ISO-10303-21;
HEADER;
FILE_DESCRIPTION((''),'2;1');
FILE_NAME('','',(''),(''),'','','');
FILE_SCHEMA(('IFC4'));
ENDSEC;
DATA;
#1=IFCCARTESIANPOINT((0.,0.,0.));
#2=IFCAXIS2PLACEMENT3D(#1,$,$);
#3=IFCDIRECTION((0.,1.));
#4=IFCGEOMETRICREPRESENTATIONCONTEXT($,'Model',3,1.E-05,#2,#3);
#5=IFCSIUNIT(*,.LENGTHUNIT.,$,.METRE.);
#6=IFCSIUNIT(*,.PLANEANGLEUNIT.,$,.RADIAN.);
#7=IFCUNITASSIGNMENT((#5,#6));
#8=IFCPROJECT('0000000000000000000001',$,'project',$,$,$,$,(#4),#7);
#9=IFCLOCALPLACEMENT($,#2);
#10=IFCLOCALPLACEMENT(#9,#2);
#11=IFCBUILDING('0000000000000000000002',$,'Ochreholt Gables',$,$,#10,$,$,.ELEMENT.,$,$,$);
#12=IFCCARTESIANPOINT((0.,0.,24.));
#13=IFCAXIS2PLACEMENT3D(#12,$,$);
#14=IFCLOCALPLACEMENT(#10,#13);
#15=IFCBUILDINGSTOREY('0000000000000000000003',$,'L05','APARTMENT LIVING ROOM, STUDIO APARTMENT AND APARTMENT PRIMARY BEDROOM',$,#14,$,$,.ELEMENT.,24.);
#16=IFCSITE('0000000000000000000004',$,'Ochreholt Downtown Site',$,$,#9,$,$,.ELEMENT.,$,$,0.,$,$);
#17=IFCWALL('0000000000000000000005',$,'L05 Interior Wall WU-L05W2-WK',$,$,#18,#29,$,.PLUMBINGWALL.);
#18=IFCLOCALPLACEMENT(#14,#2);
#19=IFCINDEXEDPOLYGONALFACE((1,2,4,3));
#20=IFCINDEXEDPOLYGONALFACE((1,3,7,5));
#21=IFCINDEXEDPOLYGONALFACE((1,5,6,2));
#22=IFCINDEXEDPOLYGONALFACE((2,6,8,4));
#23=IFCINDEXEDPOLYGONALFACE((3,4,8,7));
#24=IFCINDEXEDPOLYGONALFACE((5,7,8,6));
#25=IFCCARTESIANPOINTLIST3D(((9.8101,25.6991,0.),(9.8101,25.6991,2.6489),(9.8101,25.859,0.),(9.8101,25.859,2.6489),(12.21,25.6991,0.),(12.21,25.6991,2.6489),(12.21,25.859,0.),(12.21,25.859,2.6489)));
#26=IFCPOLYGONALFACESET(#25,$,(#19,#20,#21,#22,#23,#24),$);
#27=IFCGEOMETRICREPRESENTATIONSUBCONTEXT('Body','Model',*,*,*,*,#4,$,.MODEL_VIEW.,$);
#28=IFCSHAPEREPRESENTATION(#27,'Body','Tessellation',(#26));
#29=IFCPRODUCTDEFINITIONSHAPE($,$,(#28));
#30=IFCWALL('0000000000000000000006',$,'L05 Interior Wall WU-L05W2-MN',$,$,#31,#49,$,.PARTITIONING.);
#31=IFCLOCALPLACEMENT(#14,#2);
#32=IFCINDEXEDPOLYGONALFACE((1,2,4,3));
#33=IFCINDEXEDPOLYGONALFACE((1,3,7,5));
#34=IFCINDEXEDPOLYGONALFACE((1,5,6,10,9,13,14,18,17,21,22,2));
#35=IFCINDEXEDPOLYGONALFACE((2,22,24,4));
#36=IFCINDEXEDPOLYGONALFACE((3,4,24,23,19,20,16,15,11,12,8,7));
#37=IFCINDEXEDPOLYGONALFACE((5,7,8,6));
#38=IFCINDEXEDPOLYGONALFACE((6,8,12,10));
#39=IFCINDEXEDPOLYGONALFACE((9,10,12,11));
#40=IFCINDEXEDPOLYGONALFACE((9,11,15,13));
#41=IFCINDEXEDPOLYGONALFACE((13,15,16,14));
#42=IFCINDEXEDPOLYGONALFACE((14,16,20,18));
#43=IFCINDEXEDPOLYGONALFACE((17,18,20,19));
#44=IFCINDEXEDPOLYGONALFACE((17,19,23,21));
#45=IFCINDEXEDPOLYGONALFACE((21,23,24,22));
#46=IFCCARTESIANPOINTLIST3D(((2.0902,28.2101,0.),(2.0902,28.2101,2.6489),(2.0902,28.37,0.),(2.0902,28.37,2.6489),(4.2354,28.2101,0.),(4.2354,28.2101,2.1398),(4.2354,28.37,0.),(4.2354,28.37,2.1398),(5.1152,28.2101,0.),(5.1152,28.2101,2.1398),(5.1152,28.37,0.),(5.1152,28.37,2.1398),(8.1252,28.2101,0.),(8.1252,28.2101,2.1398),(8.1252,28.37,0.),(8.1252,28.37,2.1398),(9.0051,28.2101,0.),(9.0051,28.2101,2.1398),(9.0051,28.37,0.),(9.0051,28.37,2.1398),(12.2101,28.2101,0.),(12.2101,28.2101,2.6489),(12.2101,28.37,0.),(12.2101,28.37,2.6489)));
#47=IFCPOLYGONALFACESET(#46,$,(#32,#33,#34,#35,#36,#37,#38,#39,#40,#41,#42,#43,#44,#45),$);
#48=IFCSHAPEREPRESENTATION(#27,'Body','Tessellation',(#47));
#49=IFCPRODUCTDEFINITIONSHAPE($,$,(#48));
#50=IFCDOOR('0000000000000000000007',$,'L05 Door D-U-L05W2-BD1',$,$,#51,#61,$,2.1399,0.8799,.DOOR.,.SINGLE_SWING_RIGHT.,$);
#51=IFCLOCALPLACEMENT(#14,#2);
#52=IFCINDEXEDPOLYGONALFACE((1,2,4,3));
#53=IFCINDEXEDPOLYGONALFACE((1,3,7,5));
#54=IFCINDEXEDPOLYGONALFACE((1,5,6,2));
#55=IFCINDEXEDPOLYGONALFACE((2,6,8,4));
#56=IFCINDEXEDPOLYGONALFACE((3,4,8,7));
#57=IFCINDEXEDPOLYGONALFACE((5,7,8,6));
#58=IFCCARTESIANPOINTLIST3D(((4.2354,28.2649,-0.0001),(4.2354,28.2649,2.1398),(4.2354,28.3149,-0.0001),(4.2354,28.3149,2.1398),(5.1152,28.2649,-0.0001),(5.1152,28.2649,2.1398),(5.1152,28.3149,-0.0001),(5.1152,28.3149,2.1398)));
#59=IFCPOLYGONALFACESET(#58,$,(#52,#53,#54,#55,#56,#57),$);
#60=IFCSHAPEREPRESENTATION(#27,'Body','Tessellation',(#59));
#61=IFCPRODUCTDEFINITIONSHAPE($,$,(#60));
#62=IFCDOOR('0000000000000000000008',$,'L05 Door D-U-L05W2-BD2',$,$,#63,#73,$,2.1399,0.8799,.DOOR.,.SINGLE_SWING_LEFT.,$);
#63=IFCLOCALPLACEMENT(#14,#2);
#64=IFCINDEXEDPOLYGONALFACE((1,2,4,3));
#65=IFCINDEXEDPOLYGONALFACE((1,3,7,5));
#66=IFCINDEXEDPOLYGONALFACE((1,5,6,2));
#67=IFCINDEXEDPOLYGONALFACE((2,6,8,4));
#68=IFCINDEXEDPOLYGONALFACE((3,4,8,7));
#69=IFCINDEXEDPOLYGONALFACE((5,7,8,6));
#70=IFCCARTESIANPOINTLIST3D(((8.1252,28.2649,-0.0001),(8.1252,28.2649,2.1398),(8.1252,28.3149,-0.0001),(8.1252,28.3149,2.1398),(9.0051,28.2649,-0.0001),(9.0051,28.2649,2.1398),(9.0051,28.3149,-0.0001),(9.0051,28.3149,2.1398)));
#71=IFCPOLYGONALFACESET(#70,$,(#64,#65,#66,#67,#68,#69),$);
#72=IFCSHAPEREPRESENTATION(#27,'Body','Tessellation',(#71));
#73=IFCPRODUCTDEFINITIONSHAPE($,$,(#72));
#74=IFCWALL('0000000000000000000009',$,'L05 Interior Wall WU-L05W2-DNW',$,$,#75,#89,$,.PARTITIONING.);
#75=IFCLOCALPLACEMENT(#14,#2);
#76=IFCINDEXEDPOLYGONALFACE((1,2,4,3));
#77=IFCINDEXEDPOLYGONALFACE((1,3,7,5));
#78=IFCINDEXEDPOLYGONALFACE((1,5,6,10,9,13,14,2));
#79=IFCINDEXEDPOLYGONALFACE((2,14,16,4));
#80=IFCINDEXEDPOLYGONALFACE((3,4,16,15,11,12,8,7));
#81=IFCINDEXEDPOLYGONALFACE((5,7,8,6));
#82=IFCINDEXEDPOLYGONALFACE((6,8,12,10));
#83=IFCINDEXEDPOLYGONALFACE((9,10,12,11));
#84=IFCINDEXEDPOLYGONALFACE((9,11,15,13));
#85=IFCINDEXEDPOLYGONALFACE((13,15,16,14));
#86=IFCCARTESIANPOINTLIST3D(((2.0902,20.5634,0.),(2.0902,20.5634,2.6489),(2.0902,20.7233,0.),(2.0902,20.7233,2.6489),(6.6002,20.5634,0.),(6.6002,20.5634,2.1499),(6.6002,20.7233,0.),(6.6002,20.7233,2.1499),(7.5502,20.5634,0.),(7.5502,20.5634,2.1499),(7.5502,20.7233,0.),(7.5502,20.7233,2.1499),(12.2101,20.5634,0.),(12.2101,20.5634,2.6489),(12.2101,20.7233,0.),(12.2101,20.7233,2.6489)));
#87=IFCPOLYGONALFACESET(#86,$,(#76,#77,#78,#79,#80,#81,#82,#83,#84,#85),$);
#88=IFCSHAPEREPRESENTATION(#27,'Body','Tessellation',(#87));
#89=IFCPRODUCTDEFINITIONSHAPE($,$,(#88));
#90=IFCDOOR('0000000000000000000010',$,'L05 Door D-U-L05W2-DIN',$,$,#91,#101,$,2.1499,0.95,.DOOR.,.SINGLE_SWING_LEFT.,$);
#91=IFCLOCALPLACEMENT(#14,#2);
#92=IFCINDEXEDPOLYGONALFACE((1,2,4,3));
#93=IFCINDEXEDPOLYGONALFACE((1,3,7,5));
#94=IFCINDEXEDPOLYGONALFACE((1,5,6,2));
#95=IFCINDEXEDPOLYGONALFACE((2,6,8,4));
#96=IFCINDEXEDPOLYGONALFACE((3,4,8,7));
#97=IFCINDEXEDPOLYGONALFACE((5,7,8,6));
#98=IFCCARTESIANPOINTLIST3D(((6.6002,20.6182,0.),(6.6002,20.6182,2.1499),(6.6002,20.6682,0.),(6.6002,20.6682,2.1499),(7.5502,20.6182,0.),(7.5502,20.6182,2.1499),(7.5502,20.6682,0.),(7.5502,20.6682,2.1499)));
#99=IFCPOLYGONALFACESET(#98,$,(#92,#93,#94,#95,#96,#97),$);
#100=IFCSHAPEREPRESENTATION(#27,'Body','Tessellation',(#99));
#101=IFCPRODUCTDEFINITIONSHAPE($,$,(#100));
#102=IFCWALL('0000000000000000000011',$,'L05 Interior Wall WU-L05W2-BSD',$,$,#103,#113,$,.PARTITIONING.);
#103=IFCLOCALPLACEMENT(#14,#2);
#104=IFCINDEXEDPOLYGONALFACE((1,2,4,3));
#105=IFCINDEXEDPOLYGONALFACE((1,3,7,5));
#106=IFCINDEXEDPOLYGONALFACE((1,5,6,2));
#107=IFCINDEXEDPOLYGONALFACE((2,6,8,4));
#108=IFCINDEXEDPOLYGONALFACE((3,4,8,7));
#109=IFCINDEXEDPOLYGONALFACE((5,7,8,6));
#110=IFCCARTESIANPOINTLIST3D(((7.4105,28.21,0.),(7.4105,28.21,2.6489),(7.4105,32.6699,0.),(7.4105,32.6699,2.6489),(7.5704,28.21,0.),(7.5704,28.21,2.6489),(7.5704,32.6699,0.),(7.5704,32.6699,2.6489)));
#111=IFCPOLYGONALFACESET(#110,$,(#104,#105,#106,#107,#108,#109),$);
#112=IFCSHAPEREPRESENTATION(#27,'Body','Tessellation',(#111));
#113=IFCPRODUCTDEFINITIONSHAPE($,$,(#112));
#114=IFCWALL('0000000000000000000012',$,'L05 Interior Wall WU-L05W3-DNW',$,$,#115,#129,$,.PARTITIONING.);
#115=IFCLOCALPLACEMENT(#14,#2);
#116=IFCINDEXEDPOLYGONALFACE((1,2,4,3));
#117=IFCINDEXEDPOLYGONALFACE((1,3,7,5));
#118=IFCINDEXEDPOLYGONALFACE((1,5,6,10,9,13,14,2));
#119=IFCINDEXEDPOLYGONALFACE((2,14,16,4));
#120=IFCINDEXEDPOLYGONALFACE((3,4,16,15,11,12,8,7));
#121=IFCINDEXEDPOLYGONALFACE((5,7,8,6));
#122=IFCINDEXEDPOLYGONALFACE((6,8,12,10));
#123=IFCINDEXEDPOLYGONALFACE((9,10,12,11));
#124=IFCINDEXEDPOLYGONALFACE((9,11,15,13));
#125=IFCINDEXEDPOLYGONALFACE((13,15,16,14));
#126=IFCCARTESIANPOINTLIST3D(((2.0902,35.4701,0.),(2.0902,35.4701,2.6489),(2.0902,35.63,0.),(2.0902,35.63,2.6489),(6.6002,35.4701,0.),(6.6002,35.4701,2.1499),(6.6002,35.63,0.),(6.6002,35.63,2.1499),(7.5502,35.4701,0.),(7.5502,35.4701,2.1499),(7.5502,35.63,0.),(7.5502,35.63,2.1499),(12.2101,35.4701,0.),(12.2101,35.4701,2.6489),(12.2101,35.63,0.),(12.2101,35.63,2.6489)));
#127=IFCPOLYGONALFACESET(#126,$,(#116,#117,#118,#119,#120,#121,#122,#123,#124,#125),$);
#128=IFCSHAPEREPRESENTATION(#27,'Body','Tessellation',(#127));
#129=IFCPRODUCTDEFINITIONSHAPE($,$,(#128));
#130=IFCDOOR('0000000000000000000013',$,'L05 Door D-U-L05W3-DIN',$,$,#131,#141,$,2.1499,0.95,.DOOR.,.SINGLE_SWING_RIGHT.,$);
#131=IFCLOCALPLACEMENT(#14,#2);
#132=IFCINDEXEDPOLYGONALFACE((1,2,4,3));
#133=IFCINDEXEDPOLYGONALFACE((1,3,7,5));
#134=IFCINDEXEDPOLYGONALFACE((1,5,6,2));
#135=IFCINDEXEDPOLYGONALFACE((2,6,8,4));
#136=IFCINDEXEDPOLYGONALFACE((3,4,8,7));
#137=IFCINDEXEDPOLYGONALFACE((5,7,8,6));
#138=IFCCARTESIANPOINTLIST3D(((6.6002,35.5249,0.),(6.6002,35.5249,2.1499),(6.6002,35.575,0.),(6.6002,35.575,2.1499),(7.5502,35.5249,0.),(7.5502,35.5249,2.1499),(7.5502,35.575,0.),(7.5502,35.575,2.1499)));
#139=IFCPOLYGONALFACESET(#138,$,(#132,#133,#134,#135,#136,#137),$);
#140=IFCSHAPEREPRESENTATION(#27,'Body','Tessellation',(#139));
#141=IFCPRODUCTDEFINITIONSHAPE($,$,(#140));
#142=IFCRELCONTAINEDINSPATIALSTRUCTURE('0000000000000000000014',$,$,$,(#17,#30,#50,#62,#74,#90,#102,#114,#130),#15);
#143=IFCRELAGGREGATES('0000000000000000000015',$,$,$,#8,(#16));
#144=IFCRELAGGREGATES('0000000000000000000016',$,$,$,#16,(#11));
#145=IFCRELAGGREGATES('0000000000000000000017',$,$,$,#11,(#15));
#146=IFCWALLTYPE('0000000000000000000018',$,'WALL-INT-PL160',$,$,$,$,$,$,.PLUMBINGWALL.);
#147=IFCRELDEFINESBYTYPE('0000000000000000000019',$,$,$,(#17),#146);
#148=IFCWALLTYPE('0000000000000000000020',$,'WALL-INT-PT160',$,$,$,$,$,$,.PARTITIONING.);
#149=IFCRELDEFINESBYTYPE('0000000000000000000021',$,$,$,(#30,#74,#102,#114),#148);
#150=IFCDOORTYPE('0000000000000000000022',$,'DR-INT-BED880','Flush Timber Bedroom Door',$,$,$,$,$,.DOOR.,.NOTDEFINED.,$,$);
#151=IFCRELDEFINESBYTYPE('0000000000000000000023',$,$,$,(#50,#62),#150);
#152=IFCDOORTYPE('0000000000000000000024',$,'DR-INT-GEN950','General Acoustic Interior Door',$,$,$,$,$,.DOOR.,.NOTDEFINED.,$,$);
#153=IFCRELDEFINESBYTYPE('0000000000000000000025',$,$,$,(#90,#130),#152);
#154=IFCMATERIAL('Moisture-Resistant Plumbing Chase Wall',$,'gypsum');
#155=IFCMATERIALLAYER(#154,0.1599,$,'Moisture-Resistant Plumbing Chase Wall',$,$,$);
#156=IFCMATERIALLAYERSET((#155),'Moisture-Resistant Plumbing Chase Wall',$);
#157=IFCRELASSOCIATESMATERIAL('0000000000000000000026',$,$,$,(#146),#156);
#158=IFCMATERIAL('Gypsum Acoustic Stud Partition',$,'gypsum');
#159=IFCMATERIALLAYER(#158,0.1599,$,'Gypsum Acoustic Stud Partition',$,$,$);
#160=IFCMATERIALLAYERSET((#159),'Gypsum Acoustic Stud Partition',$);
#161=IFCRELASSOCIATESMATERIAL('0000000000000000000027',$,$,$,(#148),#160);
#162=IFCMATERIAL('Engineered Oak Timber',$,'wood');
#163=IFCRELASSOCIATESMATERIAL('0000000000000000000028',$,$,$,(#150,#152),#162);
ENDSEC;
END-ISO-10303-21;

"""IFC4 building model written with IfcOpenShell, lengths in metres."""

from ifc_helpers import new_model, si_unit, direction, frame, frame_2d, origin, place, context, subcontext, project, spatial, rectangle, extrude, material, layer, layer_set, type_object, element, fill, save


model = new_model("IFC4")

# Units and contexts
model_context = context("Model", 3, precision=1e-05, world=origin(), true_north=direction((0.0, 1.0)))
body_context = subcontext(model_context, "Body", "Model", "MODEL_VIEW")
ifc_project = project(units=[si_unit("LENGTHUNIT", "METRE"), si_unit("PLANEANGLEUNIT", "RADIAN")], contexts=[model_context])

# Site, building, storey
site_placement = place(None, origin())
site = spatial("IfcSite", under=ifc_project, at=site_placement, Name="Ochreholt Downtown Site", CompositionType="ELEMENT", RefElevation=0.0)
building_placement = place(site_placement, origin())
building = spatial("IfcBuilding", under=site, at=building_placement, Name="Ochreholt Gables", CompositionType="ELEMENT")
storey_placement = place(building_placement, frame((0.0, 0.0, 24.0)))
storey = spatial("IfcBuildingStorey", under=building, at=storey_placement, Name="L05", Description="APARTMENT LIVING ROOM, STUDIO APARTMENT AND APARTMENT PRIMARY BEDROOM", CompositionType="ELEMENT", Elevation=24.0)

# Shared definitions
ifc_material_1 = material(Name="Moisture-Resistant Plumbing Chase Wall", Category="gypsum")
ifc_layer_1 = layer(ifc_material_1, 0.1599, Name="Moisture-Resistant Plumbing Chase Wall")
ifc_layer_set_1 = layer_set([ifc_layer_1], Name="Moisture-Resistant Plumbing Chase Wall")
wall_type_1 = type_object("IfcWallType", Name="WALL-INT-PL160", PredefinedType="PLUMBINGWALL", material=ifc_layer_set_1)

# Shared definitions
ifc_material_2 = material(Name="Engineered Oak Timber", Category="wood")

# Wall
wall_1_placement = place(storey_placement, frame((9.8101, 25.7791, 0.0), z_axis=(0.0, 0.0, 1.0), x_axis=(1.0, 0.0, 0.0)))
element("IfcWall", 1, at=wall_1_placement, inside=storey, type_object=wall_type_1, Name="L05 Interior Wall WU-L05W2-WK", PredefinedType="PLUMBINGWALL", context=body_context, shape_type="SweptSolid", body=[
    extrude(rectangle(XDim=2.3999, YDim=0.1599, at=frame_2d((1.2, 0.0))), origin(), (0.0, 0.0, 1.0), 2.6489),
])

# Wall, openings, doors
ifc_material_3 = material(Name="Gypsum Acoustic Stud Partition", Category="gypsum")
ifc_layer_2 = layer(ifc_material_3, 0.1599, Name="Gypsum Acoustic Stud Partition")
ifc_layer_set_2 = layer_set([ifc_layer_2], Name="Gypsum Acoustic Stud Partition")
wall_type_2 = type_object("IfcWallType", Name="WALL-INT-PT160", PredefinedType="PARTITIONING", material=ifc_layer_set_2)
wall_2_placement = place(storey_placement, frame((2.0901, 28.29, 0.0), z_axis=(0.0, 0.0, 1.0), x_axis=(1.0, 0.0, 0.0)))
wall_2 = element("IfcWall", 2, at=wall_2_placement, inside=storey, type_object=wall_type_2, Name="L05 Interior Wall WU-L05W2-MN", PredefinedType="PARTITIONING", context=body_context, shape_type="SweptSolid", body=[
    extrude(rectangle(XDim=10.1199, YDim=0.1599, at=frame_2d((5.0601, 0.0))), origin(), (0.0, 0.0, 1.0), 2.6489),
])
opening_1_placement = place(wall_2_placement, frame((2.1453, 0.0, 0.0)))
opening_1 = element("IfcOpeningElement", 3, at=opening_1_placement, cuts=wall_2, PredefinedType="OPENING", context=body_context, shape_type="SweptSolid", body=[
    extrude(rectangle(XDim=0.8799, YDim=2.1399, at=frame_2d((0.4399, 1.0698))), frame((0.0, 0.0898, 0.0), z_axis=(0.0, -1.0, 0.0), x_axis=(1.0, 0.0, 0.0)), (0.0, 0.0, 1.0), 0.1799),
])
opening_2_placement = place(wall_2_placement, frame((6.0352, 0.0, 0.0)))
opening_2 = element("IfcOpeningElement", 4, at=opening_2_placement, cuts=wall_2, PredefinedType="OPENING", context=body_context, shape_type="SweptSolid", body=[
    extrude(rectangle(XDim=0.8799, YDim=2.1399, at=frame_2d((0.4399, 1.0698))), frame((0.0, 0.0898, 0.0), z_axis=(0.0, -1.0, 0.0), x_axis=(1.0, 0.0, 0.0)), (0.0, 0.0, 1.0), 0.1799),
])
door_type_1 = type_object("IfcDoorType", Name="DR-INT-BED880", Description="Flush Timber Bedroom Door", OperationType="NOTDEFINED", PredefinedType="DOOR", material=ifc_material_2)
door_1_placement = place(opening_1_placement, origin())
door_1 = element("IfcDoor", 5, at=door_1_placement, inside=storey, type_object=door_type_1, Name="L05 Door D-U-L05W2-BD1", OperationType="SINGLE_SWING_RIGHT", OverallHeight=2.1399, OverallWidth=0.8799, PredefinedType="DOOR", context=body_context, shape_type="SweptSolid", body=[
    extrude(rectangle(XDim=0.8799, YDim=2.1399, at=frame_2d((0.4399, 1.0698))), frame((0.0, 0.0249, 0.0), z_axis=(0.0, -1.0, 0.0), x_axis=(1.0, 0.0, 0.0)), (0.0, 0.0, 1.0), 0.05),
])
fill(opening_1, door_1)
door_2_placement = place(opening_2_placement, origin())
door_2 = element("IfcDoor", 6, at=door_2_placement, inside=storey, type_object=door_type_1, Name="L05 Door D-U-L05W2-BD2", OperationType="SINGLE_SWING_LEFT", OverallHeight=2.1399, OverallWidth=0.8799, PredefinedType="DOOR", context=body_context, shape_type="SweptSolid", body=[
    extrude(rectangle(XDim=0.8799, YDim=2.1399, at=frame_2d((0.4399, 1.0698))), frame((0.0, 0.0249, 0.0), z_axis=(0.0, -1.0, 0.0), x_axis=(1.0, 0.0, 0.0)), (0.0, 0.0, 1.0), 0.05),
])
fill(opening_2, door_2)

# Wall, opening, door
wall_3_placement = place(storey_placement, frame((2.0901, 20.6433, 0.0), z_axis=(0.0, 0.0, 1.0), x_axis=(1.0, 0.0, 0.0)))
wall_3 = element("IfcWall", 7, at=wall_3_placement, inside=storey, type_object=wall_type_2, Name="L05 Interior Wall WU-L05W2-DNW", PredefinedType="PARTITIONING", context=body_context, shape_type="SweptSolid", body=[
    extrude(rectangle(XDim=10.1199, YDim=0.1599, at=frame_2d((5.0601, 0.0))), origin(), (0.0, 0.0, 1.0), 2.6489),
])
opening_3_placement = place(wall_3_placement, frame((4.51, 0.0, 0.0)))
opening_3 = element("IfcOpeningElement", 8, at=opening_3_placement, cuts=wall_3, PredefinedType="OPENING", context=body_context, shape_type="SweptSolid", body=[
    extrude(rectangle(XDim=0.95, YDim=2.1499, at=frame_2d((0.4751, 1.075))), frame((0.0, 0.0898, 0.0), z_axis=(0.0, -1.0, 0.0), x_axis=(1.0, 0.0, 0.0)), (0.0, 0.0, 1.0), 0.1799),
])
door_type_2 = type_object("IfcDoorType", Name="DR-INT-GEN950", Description="General Acoustic Interior Door", OperationType="NOTDEFINED", PredefinedType="DOOR", material=ifc_material_2)
door_3_placement = place(opening_3_placement, origin())
door_3 = element("IfcDoor", 9, at=door_3_placement, inside=storey, type_object=door_type_2, Name="L05 Door D-U-L05W2-DIN", OperationType="SINGLE_SWING_LEFT", OverallHeight=2.1499, OverallWidth=0.95, PredefinedType="DOOR", context=body_context, shape_type="SweptSolid", body=[
    extrude(rectangle(XDim=0.95, YDim=2.1499, at=frame_2d((0.4751, 1.075))), frame((0.0, 0.0249, 0.0), z_axis=(0.0, -1.0, 0.0), x_axis=(1.0, 0.0, 0.0)), (0.0, 0.0, 1.0), 0.05),
])
fill(opening_3, door_3)

# Wall
wall_4_placement = place(storey_placement, frame((7.4905, 28.21, 0.0), z_axis=(0.0, 0.0, 1.0), x_axis=(0.0, 1.0, 0.0)))
element("IfcWall", 10, at=wall_4_placement, inside=storey, type_object=wall_type_2, Name="L05 Interior Wall WU-L05W2-BSD", PredefinedType="PARTITIONING", context=body_context, shape_type="SweptSolid", body=[
    extrude(rectangle(XDim=4.46, YDim=0.1599, at=frame_2d((2.23, 0.0))), origin(), (0.0, 0.0, 1.0), 2.6489),
])

# Wall, opening, door
wall_5_placement = place(storey_placement, frame((2.0901, 35.55, 0.0), z_axis=(0.0, 0.0, 1.0), x_axis=(1.0, 0.0, 0.0)))
wall_5 = element("IfcWall", 11, at=wall_5_placement, inside=storey, type_object=wall_type_2, Name="L05 Interior Wall WU-L05W3-DNW", PredefinedType="PARTITIONING", context=body_context, shape_type="SweptSolid", body=[
    extrude(rectangle(XDim=10.1199, YDim=0.1599, at=frame_2d((5.0601, 0.0))), origin(), (0.0, 0.0, 1.0), 2.6489),
])
opening_4_placement = place(wall_5_placement, frame((4.51, 0.0, 0.0)))
opening_4 = element("IfcOpeningElement", 12, at=opening_4_placement, cuts=wall_5, PredefinedType="OPENING", context=body_context, shape_type="SweptSolid", body=[
    extrude(rectangle(XDim=0.95, YDim=2.1499, at=frame_2d((0.4751, 1.075))), frame((0.0, 0.0898, 0.0), z_axis=(0.0, -1.0, 0.0), x_axis=(1.0, 0.0, 0.0)), (0.0, 0.0, 1.0), 0.1799),
])
door_4_placement = place(opening_4_placement, origin())
door_4 = element("IfcDoor", 13, at=door_4_placement, inside=storey, type_object=door_type_2, Name="L05 Door D-U-L05W3-DIN", OperationType="SINGLE_SWING_RIGHT", OverallHeight=2.1499, OverallWidth=0.95, PredefinedType="DOOR", context=body_context, shape_type="SweptSolid", body=[
    extrude(rectangle(XDim=0.95, YDim=2.1499, at=frame_2d((0.4751, 1.075))), frame((0.0, 0.0249, 0.0), z_axis=(0.0, -1.0, 0.0), x_axis=(1.0, 0.0, 0.0)), (0.0, 0.0, 1.0), 0.05),
])
fill(opening_4, door_4)

save(model, "model.ifc")
